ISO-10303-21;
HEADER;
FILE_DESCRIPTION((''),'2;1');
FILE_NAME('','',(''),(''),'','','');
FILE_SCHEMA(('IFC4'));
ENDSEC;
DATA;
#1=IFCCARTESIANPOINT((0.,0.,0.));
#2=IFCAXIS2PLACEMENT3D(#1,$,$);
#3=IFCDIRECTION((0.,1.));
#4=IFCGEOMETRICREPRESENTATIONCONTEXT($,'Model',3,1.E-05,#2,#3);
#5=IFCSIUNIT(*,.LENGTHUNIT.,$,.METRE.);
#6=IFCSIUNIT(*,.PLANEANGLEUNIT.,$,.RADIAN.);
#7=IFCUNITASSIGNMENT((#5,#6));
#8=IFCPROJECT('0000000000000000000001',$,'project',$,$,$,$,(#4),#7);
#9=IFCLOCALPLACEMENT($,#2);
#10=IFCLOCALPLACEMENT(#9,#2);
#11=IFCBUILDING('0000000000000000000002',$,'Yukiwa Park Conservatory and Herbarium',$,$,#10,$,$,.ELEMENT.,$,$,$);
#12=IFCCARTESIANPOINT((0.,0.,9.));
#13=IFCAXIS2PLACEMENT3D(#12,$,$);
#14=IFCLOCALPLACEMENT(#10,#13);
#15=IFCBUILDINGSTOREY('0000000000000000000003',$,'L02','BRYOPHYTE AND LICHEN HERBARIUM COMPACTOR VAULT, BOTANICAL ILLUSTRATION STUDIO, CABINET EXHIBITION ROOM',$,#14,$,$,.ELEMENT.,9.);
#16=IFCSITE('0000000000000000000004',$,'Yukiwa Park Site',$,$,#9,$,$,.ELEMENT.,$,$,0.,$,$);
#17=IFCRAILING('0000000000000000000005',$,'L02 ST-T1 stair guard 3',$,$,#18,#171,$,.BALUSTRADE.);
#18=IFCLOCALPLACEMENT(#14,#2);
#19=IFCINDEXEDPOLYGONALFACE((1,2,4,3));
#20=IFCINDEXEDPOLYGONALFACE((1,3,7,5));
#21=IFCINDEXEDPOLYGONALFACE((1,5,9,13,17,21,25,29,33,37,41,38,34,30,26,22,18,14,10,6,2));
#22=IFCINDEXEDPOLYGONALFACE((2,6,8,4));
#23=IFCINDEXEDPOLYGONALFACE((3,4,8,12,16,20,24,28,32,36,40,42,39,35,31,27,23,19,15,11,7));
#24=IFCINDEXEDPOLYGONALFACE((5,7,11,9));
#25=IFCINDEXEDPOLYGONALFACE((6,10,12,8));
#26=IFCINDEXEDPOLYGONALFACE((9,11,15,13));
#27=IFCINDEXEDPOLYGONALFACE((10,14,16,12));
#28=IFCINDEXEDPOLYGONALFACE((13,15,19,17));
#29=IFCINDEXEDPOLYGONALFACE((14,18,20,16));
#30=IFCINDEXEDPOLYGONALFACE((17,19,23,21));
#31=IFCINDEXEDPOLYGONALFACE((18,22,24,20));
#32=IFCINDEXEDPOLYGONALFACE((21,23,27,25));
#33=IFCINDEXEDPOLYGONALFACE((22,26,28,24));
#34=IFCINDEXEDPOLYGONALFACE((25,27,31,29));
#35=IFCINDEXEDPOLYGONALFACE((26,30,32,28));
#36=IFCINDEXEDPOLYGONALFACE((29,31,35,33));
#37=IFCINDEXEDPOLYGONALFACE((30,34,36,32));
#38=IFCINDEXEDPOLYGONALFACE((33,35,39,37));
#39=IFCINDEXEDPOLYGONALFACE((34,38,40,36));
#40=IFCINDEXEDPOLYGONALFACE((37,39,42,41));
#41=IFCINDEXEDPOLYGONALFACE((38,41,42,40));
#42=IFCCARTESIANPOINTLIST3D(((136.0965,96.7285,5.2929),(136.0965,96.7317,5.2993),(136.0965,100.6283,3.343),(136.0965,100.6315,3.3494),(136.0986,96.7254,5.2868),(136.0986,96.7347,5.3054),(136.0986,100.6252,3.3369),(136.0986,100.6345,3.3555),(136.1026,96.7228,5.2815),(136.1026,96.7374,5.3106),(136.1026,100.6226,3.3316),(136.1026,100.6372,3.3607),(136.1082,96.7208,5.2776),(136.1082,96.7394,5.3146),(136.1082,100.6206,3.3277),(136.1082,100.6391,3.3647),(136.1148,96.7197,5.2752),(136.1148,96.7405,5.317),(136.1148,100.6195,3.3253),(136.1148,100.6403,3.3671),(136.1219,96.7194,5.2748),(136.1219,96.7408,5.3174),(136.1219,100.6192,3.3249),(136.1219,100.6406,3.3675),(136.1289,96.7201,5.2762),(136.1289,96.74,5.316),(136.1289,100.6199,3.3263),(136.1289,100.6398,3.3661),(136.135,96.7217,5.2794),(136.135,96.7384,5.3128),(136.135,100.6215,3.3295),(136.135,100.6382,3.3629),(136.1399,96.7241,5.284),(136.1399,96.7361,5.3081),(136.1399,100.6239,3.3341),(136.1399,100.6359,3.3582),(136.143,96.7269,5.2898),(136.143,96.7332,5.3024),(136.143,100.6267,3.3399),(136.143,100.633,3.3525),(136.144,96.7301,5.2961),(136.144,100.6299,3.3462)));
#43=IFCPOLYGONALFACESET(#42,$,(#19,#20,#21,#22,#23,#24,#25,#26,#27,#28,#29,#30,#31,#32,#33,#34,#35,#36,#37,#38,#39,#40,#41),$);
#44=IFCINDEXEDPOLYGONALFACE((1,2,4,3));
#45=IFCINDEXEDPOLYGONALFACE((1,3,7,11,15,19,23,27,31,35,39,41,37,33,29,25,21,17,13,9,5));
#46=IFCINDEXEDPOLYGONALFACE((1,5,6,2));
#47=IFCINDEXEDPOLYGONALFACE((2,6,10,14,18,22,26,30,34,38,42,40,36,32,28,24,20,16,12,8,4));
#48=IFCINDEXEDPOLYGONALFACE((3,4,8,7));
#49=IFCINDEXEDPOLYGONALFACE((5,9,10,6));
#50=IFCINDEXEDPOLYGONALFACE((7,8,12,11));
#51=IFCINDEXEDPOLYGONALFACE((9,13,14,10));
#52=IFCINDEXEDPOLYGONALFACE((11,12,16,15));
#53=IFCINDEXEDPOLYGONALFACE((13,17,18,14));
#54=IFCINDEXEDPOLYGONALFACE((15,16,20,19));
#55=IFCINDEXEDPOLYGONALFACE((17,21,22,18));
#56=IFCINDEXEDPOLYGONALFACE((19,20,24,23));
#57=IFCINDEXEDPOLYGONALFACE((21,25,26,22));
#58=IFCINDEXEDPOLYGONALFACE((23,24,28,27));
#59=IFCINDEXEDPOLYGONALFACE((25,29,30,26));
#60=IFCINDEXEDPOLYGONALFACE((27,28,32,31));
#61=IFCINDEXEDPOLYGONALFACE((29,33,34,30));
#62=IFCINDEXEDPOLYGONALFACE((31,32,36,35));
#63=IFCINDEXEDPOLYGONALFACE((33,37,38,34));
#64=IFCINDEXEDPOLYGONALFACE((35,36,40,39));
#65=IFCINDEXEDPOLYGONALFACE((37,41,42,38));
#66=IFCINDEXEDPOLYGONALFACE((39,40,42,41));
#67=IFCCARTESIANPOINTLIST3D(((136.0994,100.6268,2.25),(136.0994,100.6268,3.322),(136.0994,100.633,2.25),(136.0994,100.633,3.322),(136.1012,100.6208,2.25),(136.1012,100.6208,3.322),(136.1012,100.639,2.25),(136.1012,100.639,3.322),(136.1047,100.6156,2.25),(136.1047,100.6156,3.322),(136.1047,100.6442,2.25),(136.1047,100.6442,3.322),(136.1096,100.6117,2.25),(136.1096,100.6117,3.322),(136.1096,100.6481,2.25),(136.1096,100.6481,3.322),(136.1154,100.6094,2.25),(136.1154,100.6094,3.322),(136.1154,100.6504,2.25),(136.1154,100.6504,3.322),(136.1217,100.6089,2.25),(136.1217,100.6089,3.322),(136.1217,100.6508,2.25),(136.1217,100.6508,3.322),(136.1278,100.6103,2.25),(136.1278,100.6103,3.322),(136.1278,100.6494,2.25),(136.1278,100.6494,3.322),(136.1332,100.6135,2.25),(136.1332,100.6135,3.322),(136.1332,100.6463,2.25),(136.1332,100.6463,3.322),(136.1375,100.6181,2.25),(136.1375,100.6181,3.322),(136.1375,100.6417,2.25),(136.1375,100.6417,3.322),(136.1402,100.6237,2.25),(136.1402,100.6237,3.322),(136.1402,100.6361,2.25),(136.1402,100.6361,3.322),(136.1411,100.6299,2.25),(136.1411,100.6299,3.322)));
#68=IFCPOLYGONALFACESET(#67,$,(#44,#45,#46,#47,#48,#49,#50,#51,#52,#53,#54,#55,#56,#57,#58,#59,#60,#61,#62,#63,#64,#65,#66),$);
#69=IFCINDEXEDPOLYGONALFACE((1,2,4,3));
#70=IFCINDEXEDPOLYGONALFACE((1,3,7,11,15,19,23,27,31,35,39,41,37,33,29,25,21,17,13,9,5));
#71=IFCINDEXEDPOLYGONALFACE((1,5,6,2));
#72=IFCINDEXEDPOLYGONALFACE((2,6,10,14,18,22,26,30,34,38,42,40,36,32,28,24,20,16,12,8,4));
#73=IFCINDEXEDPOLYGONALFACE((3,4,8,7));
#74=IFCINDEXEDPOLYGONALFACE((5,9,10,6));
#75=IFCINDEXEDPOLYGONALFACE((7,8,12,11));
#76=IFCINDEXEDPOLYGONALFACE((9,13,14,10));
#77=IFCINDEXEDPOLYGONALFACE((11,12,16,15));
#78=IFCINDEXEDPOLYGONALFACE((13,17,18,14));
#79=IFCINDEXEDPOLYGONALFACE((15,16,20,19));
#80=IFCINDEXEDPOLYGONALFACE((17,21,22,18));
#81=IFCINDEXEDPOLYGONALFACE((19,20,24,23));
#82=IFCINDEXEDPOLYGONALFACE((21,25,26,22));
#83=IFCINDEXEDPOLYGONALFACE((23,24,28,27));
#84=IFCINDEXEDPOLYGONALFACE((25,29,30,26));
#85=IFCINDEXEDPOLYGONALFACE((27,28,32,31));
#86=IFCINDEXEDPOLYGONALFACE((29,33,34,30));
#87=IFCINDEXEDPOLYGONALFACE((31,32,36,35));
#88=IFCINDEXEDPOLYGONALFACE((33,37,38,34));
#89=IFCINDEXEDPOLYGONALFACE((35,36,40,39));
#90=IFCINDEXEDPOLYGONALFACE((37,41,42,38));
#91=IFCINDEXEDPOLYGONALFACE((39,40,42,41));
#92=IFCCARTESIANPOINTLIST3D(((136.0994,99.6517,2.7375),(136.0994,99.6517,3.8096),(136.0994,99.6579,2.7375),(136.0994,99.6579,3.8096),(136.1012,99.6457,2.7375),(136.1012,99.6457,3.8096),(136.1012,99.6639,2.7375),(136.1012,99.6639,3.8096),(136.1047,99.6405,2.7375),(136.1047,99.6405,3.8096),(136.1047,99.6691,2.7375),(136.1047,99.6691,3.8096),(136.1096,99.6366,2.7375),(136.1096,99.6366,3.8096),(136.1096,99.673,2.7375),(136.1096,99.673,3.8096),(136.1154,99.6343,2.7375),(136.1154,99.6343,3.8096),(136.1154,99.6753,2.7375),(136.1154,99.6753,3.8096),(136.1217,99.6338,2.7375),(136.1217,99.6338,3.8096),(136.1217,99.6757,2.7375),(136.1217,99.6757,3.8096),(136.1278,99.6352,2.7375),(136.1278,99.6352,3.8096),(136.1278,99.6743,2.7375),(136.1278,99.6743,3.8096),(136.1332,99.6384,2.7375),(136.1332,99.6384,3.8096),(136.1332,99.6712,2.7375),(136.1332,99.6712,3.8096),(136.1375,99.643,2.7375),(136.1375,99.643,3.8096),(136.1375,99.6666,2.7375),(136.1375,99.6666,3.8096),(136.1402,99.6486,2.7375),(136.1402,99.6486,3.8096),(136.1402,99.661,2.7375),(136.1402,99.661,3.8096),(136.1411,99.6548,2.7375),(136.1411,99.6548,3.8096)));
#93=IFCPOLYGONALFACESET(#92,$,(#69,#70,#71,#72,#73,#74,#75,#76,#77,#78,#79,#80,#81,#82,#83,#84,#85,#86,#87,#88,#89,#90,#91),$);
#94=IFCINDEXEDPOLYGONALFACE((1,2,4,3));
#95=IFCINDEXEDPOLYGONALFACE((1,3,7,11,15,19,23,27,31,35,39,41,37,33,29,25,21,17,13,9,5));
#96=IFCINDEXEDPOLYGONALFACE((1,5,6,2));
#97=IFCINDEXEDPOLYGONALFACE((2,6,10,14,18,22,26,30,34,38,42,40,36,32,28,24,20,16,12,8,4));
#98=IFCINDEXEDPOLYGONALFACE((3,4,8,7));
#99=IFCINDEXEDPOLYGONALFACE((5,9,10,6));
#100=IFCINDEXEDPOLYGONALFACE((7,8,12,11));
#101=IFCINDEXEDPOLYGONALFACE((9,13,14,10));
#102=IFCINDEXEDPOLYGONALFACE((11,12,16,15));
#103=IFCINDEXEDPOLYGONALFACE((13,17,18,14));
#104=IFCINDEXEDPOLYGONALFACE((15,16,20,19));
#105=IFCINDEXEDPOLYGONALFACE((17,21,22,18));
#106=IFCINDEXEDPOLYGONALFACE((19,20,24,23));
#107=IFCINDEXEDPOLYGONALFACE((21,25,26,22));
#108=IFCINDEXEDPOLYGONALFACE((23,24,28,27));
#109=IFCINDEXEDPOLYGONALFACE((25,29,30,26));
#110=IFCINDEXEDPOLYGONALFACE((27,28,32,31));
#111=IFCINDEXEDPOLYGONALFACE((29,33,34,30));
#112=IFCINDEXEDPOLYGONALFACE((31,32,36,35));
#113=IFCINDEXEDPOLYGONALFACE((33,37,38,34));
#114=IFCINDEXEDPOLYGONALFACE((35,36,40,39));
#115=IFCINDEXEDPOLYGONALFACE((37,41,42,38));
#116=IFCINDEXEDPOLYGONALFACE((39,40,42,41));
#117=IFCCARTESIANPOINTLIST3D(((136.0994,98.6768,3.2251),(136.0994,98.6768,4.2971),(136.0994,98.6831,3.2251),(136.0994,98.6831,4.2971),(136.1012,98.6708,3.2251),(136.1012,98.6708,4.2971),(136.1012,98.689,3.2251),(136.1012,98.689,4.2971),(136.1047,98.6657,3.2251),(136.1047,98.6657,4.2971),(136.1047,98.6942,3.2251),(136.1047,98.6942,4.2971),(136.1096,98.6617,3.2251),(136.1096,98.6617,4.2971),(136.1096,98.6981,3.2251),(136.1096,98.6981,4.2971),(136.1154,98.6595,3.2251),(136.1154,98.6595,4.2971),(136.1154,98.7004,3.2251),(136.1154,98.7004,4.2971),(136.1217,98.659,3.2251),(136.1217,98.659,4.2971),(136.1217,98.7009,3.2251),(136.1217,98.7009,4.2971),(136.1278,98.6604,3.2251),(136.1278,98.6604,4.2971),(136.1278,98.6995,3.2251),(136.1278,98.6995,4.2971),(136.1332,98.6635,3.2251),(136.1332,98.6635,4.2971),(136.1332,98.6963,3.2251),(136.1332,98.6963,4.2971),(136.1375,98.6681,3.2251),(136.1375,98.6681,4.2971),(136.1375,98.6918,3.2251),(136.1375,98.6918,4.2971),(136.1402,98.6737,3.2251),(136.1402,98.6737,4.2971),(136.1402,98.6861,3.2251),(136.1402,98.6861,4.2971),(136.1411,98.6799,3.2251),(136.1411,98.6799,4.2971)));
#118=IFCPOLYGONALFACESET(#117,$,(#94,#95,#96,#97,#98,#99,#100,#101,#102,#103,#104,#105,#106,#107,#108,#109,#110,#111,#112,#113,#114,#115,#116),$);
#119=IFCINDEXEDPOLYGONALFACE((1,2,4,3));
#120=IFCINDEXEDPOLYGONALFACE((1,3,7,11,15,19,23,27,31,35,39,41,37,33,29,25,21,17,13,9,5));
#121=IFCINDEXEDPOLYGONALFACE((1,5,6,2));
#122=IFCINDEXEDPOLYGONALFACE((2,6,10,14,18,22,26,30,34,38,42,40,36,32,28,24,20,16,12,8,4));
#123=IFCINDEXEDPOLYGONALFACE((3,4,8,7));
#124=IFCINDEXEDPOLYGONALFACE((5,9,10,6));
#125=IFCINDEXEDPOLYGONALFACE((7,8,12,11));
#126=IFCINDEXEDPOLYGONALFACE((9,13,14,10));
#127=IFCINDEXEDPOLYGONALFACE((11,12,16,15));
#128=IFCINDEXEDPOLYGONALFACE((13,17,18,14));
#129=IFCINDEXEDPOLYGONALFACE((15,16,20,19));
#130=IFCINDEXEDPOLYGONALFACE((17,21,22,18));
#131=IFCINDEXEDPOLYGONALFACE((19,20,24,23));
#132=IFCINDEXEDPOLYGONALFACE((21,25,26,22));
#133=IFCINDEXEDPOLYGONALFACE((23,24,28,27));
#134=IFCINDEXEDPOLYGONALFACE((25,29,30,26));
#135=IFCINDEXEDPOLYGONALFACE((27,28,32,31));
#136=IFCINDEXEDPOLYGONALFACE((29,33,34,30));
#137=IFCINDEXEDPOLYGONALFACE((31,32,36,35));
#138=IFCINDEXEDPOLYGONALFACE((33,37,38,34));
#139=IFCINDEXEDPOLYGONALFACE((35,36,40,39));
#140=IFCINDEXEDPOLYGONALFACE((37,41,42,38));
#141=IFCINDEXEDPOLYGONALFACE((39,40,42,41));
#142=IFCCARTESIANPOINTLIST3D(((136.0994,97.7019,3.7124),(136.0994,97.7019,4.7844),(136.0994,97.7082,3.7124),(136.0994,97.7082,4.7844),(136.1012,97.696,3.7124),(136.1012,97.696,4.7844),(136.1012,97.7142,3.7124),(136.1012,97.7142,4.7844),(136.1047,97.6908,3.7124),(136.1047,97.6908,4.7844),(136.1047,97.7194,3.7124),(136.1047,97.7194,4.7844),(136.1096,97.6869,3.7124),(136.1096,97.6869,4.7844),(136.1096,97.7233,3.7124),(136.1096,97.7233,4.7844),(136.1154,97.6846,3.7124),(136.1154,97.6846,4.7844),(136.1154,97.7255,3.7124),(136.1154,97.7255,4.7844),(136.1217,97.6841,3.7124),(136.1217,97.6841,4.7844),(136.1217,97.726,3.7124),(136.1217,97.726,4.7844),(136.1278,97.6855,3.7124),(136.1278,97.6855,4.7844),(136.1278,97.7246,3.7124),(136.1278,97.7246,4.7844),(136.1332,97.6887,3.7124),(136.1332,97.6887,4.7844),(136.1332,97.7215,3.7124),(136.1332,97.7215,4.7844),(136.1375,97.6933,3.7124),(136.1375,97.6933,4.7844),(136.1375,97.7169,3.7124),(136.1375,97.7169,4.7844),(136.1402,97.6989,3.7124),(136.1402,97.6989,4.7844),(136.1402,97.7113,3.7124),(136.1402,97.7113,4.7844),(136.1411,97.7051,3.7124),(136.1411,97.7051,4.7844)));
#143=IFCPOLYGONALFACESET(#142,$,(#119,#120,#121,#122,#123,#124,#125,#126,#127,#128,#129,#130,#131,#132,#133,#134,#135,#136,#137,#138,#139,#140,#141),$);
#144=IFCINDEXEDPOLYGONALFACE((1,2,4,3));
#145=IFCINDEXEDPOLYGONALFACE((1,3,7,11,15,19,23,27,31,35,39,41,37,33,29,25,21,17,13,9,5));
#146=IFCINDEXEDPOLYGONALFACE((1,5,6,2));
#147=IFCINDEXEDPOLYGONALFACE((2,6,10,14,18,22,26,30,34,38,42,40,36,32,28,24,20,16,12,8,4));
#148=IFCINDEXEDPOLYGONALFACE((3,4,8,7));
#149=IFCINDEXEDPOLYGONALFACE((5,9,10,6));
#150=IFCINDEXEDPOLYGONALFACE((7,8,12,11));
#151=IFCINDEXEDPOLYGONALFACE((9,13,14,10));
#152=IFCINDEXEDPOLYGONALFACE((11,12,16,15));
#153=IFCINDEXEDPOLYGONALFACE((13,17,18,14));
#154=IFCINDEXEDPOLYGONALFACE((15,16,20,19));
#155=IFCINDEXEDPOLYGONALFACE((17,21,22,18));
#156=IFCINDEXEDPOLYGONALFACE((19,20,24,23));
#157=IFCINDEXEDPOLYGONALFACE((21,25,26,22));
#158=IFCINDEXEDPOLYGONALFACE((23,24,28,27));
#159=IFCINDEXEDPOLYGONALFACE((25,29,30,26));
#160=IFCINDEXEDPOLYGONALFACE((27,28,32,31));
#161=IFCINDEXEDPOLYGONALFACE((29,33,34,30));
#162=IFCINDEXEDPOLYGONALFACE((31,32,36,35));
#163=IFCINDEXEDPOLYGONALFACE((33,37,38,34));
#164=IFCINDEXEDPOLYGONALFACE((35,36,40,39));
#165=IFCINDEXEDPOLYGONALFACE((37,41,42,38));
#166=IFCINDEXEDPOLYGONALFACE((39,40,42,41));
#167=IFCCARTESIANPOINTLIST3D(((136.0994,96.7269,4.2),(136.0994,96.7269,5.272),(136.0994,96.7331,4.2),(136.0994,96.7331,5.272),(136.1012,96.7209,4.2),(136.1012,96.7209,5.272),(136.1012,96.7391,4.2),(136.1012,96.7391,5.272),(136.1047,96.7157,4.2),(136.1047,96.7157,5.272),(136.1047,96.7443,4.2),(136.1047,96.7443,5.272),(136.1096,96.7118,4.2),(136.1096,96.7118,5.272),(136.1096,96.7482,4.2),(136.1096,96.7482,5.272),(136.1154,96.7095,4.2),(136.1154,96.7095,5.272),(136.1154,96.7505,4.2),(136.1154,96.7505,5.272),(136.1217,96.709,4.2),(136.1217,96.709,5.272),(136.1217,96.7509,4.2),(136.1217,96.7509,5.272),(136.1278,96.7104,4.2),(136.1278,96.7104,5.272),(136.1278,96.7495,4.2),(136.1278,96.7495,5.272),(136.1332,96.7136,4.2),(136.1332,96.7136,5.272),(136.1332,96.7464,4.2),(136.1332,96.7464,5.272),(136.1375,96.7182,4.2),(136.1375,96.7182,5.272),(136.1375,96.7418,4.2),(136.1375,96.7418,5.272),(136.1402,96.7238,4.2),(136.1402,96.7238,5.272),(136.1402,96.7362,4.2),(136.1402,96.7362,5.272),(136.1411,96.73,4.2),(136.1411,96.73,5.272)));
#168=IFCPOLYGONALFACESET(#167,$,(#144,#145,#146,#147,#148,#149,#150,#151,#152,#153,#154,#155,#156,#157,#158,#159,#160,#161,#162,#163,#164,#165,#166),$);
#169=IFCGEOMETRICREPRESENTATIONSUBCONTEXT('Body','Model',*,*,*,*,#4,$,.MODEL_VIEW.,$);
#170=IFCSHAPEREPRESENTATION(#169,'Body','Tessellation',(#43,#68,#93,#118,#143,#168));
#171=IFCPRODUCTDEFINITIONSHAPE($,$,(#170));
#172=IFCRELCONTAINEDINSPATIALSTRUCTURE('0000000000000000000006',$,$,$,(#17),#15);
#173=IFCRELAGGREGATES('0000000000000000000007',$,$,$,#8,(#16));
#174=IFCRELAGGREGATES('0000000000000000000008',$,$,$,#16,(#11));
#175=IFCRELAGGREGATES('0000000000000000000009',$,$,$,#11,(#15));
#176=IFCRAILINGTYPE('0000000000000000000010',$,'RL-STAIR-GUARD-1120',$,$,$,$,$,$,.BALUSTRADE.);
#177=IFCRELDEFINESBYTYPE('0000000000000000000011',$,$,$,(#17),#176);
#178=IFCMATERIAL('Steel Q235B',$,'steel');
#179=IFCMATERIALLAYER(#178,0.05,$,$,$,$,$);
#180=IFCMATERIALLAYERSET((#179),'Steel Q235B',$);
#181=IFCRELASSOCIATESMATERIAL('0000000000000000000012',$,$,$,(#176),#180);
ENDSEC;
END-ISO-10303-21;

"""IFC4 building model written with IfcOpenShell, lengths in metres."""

from ifc_helpers import new_model, si_unit, direction, frame, origin, origin_2d, place, context, subcontext, project, spatial, circle, extrude, material, layer, layer_set, type_object, element, save


model = new_model("IFC4")

# Units and contexts
model_context = context("Model", 3, precision=1e-05, world=origin(), true_north=direction((0.0, 1.0)))
body_context = subcontext(model_context, "Body", "Model", "MODEL_VIEW")
ifc_project = project(units=[si_unit("LENGTHUNIT", "METRE"), si_unit("PLANEANGLEUNIT", "RADIAN")], contexts=[model_context])

# Site, building, storey
site_placement = place(None, origin())
site = spatial("IfcSite", under=ifc_project, at=site_placement, Name="Yukiwa Park Site", CompositionType="ELEMENT", RefElevation=0.0)
building_placement = place(site_placement, origin())
building = spatial("IfcBuilding", under=site, at=building_placement, Name="Yukiwa Park Conservatory and Herbarium", CompositionType="ELEMENT")
storey_placement = place(building_placement, frame((0.0, 0.0, 9.0)))
storey = spatial("IfcBuildingStorey", under=building, at=storey_placement, Name="L02", Description="BRYOPHYTE AND LICHEN HERBARIUM COMPACTOR VAULT, BOTANICAL ILLUSTRATION STUDIO, CABINET EXHIBITION ROOM", CompositionType="ELEMENT", Elevation=9.0)

# Railing
ifc_material_1 = material(Name="Steel Q235B", Category="steel")
ifc_layer_1 = layer(ifc_material_1, 0.05)
ifc_layer_set_1 = layer_set([ifc_layer_1], Name="Steel Q235B")
railing_type_1 = type_object("IfcRailingType", Name="RL-STAIR-GUARD-1120", PredefinedType="BALUSTRADE", material=ifc_layer_set_1)
railing_1_placement = place(storey_placement, frame((136.1201, 100.6299, 2.25)))
element("IfcRailing", 1, at=railing_1_placement, inside=storey, type_object=railing_type_1, Name="L02 ST-T1 stair guard 3", PredefinedType="BALUSTRADE", context=body_context, shape_type="SweptSolid", body=[
    extrude(circle(Radius=0.0239, at=origin_2d()), frame((0.0, 0.0, 1.0962), z_axis=(0.0, -0.894427, 0.447214), x_axis=(1.0, 0.0, 0.0)), (0.0, 0.0, 1.0), 4.3601),
    extrude(circle(Radius=0.021, at=origin_2d()), origin(), (0.0, 0.0, 1.0), 1.072),
    extrude(circle(Radius=0.021, at=origin_2d()), frame((0.0, -0.9751, 0.4875)), (0.0, 0.0, 1.0), 1.072),
    extrude(circle(Radius=0.021, at=origin_2d()), frame((0.0, -1.95, 0.9751)), (0.0, 0.0, 1.0), 1.072),
    extrude(circle(Radius=0.021, at=origin_2d()), frame((0.0, -2.9248, 1.4624)), (0.0, 0.0, 1.0), 1.072),
    extrude(circle(Radius=0.021, at=origin_2d()), frame((0.0, -3.8999, 1.95)), (0.0, 0.0, 1.0), 1.072),
])

save(model, "model.ifc")
